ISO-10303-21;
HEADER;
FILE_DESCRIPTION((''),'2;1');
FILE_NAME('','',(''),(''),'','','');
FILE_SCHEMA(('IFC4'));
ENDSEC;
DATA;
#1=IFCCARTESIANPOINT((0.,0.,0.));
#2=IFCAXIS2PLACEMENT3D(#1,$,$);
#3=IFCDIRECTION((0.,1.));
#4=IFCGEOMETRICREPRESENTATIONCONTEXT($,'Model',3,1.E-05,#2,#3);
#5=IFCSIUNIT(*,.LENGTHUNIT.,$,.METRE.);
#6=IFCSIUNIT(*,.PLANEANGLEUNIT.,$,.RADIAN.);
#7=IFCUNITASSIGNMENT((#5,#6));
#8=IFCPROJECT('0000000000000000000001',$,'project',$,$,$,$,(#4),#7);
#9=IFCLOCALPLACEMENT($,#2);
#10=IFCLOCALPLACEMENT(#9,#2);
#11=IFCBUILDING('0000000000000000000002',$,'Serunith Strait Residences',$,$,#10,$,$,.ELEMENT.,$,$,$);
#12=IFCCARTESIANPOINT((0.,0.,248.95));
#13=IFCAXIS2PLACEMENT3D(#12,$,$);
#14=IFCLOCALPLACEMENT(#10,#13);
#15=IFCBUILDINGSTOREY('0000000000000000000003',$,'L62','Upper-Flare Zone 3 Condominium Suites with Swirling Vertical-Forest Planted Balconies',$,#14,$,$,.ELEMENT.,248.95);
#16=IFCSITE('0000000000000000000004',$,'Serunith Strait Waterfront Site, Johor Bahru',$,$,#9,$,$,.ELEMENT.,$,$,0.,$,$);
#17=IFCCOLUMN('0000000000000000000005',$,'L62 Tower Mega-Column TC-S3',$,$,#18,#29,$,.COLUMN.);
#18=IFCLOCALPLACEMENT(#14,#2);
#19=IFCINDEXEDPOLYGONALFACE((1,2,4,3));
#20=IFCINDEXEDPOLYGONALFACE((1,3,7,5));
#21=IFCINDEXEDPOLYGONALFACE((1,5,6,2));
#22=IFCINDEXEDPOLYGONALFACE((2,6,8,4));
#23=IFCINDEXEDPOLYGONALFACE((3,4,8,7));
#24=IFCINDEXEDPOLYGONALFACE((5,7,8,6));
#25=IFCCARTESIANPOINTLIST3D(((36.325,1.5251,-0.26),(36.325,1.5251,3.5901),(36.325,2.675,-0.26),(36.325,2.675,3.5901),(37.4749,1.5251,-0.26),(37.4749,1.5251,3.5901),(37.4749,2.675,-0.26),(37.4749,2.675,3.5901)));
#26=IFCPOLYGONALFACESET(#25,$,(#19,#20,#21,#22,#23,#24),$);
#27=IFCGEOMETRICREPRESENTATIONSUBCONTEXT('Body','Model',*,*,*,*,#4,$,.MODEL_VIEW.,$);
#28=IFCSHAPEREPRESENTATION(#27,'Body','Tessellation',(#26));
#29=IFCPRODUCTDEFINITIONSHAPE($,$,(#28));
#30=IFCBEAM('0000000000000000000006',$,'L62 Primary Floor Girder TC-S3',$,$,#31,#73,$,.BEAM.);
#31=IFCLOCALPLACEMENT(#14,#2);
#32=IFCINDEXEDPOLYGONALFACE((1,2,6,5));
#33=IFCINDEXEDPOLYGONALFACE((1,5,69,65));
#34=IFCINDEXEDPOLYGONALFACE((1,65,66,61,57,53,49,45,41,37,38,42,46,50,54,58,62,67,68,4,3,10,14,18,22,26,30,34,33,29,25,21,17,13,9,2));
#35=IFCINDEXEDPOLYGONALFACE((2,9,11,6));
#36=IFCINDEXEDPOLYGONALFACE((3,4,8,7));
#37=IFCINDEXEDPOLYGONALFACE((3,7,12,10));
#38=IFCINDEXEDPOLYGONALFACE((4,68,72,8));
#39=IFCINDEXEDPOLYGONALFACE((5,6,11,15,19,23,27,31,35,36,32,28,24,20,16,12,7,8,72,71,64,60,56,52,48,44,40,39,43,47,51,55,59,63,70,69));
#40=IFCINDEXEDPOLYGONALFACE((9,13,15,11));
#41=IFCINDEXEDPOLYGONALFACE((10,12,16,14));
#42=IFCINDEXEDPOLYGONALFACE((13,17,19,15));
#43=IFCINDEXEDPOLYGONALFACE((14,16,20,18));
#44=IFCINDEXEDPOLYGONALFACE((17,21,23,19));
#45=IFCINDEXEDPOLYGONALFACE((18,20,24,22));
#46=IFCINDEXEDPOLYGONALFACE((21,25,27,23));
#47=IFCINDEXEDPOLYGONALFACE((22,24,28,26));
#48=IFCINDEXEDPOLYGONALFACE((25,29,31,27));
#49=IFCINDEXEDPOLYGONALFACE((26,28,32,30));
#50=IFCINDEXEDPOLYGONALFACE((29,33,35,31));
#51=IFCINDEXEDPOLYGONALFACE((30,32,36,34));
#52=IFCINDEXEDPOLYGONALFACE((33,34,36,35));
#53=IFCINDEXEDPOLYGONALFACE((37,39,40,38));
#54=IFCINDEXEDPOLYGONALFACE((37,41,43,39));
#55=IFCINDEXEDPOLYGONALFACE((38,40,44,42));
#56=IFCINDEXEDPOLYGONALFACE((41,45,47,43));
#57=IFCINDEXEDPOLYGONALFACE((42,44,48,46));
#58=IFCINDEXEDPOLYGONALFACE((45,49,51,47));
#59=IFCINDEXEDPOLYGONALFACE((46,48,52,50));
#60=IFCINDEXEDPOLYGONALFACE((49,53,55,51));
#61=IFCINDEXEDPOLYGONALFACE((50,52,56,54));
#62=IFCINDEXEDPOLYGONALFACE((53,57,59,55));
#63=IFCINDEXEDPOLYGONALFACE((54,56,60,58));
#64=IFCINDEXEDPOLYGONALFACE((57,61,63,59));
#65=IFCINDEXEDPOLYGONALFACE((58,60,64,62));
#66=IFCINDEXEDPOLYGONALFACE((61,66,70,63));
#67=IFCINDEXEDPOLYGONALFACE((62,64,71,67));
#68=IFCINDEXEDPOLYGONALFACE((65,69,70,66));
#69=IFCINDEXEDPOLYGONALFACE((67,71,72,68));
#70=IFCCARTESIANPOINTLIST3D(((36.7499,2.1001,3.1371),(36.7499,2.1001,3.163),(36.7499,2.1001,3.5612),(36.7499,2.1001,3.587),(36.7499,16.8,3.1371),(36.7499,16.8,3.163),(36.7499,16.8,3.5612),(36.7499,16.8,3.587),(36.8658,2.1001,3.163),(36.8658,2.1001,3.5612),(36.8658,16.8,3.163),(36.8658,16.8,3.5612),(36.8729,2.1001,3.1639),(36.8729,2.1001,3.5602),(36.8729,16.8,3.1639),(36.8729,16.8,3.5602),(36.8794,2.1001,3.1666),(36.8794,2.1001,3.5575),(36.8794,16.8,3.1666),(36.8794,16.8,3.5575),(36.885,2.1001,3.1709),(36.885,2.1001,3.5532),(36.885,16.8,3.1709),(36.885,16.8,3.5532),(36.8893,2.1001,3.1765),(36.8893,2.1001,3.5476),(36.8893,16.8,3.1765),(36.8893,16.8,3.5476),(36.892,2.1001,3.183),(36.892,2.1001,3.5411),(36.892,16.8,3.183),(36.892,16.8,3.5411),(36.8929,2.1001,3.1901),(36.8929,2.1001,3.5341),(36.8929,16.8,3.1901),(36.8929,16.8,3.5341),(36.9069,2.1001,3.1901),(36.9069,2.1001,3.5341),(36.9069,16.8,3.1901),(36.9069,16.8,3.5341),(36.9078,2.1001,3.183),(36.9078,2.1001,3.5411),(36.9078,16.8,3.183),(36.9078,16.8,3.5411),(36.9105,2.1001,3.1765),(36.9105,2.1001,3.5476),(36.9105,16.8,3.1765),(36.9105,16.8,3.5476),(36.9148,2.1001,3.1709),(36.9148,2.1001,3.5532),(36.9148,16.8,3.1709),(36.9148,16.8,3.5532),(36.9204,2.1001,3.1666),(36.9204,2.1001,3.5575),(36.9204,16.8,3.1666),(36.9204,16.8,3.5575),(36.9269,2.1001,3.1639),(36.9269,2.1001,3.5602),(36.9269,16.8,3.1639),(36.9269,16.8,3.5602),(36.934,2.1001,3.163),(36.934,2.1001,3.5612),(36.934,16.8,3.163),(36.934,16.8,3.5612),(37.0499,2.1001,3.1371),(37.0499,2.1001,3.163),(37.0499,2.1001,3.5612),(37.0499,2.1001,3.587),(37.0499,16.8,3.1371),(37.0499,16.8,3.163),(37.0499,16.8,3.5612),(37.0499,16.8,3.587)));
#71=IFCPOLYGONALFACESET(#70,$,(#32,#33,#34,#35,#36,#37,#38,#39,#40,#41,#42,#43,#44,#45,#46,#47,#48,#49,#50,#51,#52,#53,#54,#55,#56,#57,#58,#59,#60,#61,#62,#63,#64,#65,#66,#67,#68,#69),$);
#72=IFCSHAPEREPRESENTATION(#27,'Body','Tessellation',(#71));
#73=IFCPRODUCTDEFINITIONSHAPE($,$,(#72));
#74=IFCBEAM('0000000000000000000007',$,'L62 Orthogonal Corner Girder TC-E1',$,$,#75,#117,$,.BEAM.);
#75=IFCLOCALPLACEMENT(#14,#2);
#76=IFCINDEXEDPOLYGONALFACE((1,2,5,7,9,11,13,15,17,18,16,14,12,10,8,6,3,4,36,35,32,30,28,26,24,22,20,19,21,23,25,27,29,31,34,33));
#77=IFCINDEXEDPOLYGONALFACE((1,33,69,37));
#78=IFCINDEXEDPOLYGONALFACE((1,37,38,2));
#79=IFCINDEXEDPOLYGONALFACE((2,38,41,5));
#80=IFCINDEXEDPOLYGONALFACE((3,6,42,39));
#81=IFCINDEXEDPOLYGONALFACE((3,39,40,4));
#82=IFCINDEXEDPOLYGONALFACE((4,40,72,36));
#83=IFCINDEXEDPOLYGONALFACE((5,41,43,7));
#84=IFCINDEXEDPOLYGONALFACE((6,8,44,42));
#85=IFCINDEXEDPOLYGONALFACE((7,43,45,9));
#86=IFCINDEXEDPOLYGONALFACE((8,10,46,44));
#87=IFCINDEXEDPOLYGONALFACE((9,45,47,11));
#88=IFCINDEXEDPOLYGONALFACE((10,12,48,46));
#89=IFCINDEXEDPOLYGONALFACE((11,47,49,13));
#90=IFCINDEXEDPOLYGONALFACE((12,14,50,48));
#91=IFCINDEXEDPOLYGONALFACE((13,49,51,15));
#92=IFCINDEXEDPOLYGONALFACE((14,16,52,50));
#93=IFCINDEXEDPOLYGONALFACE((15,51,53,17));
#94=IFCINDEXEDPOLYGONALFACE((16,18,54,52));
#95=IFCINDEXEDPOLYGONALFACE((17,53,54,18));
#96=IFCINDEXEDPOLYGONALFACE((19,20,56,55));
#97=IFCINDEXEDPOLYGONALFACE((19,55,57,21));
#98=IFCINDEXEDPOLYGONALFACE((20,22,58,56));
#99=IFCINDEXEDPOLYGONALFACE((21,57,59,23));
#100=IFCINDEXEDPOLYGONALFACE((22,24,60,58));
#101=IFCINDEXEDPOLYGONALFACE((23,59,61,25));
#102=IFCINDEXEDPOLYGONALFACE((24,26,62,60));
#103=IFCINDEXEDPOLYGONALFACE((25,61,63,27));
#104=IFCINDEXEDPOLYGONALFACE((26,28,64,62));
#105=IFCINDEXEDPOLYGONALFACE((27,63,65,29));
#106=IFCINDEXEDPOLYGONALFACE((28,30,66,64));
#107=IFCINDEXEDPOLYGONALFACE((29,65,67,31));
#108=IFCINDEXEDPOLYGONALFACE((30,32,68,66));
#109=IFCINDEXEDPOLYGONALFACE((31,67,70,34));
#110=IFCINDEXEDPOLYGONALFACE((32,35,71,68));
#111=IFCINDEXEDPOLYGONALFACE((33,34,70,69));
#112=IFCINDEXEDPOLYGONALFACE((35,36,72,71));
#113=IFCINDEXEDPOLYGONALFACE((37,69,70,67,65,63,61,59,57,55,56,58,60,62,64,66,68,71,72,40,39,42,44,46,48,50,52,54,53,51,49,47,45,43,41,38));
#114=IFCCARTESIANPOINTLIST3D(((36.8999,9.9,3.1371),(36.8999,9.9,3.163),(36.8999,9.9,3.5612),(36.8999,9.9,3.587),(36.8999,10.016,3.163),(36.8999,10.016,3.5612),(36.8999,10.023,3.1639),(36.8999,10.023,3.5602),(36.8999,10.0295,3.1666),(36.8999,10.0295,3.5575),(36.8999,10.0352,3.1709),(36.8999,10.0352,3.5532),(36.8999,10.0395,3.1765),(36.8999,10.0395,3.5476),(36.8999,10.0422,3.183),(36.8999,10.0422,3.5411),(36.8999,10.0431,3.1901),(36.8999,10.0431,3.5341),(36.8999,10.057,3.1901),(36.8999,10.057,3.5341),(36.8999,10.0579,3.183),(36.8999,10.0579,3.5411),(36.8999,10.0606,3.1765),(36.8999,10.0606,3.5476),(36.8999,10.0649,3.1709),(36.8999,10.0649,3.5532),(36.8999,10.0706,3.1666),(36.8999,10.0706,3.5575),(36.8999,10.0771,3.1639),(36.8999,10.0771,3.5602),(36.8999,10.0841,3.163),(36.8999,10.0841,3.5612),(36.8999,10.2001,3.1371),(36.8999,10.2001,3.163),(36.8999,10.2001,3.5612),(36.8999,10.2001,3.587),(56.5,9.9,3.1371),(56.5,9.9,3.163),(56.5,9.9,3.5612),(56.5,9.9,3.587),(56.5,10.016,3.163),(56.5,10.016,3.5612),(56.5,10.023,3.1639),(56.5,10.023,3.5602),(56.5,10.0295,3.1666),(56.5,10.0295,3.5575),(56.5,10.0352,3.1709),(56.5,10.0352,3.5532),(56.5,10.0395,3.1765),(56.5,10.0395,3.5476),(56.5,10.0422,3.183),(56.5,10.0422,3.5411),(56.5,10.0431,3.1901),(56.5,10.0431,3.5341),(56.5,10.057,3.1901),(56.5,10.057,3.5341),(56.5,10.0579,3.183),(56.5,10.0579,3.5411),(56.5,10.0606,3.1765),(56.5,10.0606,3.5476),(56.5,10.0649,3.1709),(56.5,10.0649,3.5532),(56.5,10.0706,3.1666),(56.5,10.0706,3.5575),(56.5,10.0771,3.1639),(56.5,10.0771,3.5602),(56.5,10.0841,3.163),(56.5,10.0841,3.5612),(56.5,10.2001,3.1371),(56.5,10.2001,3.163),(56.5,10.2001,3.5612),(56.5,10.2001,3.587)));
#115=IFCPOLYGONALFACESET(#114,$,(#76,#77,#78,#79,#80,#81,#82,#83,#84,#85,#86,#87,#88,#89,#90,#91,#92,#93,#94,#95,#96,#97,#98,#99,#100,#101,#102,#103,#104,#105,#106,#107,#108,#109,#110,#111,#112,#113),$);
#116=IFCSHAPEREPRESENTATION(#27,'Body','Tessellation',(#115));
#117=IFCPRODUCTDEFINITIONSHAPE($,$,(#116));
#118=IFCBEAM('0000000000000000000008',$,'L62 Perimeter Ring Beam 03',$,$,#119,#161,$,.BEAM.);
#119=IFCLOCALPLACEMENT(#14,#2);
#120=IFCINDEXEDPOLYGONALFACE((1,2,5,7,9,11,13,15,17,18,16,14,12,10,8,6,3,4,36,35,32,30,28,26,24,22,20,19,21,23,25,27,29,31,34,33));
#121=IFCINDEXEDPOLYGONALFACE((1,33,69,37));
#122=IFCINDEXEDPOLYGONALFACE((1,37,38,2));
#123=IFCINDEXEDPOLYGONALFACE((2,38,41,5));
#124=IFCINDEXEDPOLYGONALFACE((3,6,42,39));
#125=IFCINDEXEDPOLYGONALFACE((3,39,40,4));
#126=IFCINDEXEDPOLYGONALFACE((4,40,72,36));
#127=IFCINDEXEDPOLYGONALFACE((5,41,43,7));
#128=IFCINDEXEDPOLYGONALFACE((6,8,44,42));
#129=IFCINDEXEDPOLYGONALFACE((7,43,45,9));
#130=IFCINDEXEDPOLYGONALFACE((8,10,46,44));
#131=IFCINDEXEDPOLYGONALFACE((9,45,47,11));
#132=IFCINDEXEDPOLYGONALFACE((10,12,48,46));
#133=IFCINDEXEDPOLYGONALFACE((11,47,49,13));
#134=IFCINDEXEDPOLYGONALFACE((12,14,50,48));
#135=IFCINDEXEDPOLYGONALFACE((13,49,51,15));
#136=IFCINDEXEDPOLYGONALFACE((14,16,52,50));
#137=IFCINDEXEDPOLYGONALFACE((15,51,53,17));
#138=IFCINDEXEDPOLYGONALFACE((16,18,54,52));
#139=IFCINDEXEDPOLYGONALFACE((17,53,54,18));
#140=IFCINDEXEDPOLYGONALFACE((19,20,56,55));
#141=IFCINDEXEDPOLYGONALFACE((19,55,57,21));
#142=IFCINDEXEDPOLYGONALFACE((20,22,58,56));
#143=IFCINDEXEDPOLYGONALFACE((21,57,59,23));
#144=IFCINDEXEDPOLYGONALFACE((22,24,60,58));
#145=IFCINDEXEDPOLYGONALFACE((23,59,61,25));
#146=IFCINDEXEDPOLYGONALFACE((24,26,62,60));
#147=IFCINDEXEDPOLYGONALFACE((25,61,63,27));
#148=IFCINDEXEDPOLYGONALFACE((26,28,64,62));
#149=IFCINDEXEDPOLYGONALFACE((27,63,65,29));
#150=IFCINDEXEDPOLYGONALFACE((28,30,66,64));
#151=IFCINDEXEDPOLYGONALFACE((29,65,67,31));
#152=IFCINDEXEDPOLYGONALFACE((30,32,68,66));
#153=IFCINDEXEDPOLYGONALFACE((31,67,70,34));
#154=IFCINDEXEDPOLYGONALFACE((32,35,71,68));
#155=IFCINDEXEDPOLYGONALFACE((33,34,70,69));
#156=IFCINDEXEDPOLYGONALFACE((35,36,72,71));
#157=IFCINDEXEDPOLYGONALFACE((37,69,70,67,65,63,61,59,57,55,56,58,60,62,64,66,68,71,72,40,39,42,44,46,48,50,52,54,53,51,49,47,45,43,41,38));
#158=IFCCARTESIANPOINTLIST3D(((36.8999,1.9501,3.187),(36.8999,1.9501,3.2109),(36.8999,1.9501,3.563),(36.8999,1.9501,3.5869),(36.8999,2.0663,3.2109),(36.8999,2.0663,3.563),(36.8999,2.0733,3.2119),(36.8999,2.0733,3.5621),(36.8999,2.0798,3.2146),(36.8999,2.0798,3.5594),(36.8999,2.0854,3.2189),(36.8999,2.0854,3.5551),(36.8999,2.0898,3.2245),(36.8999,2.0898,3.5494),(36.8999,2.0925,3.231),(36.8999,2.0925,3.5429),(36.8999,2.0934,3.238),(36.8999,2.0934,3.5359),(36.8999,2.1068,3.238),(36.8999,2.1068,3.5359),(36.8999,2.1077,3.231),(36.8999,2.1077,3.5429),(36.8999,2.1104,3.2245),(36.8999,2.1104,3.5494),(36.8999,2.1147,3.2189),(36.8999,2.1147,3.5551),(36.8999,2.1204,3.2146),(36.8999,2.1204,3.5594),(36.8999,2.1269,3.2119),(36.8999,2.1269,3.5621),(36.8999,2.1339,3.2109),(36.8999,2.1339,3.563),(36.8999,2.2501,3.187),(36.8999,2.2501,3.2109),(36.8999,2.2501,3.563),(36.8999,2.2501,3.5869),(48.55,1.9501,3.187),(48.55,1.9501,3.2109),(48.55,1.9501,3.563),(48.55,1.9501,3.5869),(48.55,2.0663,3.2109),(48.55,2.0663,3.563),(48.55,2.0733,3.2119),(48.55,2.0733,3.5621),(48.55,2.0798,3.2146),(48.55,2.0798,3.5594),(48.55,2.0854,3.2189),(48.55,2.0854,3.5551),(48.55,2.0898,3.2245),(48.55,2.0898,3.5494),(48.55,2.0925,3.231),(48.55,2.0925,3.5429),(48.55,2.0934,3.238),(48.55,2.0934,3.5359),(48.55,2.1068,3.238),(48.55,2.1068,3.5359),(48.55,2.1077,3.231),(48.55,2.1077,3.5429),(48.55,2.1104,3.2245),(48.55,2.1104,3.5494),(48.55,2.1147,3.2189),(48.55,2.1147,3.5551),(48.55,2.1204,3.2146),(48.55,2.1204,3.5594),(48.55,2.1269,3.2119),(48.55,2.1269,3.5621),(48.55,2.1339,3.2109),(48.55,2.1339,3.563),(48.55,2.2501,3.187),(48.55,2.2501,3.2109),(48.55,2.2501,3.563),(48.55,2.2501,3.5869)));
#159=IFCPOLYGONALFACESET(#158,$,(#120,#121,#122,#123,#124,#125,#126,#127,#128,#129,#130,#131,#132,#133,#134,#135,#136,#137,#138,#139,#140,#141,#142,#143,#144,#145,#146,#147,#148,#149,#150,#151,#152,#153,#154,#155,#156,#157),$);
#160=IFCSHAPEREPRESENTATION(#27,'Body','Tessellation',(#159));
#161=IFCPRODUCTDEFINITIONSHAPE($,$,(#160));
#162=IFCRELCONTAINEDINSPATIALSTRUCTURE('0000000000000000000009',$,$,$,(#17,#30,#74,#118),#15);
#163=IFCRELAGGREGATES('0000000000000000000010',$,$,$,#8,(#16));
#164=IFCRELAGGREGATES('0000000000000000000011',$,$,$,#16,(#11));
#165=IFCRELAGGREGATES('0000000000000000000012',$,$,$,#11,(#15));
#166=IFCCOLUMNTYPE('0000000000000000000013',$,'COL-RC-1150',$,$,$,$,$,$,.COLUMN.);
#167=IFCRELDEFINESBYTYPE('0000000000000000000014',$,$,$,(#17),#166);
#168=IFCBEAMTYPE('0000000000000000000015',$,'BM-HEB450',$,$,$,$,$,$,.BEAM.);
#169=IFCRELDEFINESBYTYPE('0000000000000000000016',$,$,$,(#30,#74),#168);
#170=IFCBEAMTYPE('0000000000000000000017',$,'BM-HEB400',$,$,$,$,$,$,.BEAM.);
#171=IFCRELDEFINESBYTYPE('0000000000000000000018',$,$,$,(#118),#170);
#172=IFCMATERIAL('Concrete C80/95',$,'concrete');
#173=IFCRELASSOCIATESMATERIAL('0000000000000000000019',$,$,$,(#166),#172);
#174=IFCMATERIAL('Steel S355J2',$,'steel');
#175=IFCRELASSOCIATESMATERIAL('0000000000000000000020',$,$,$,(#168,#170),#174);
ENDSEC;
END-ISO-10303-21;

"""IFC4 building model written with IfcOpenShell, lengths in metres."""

from ifc_helpers import new_model, si_unit, direction, frame, origin, origin_2d, place, context, subcontext, project, spatial, rectangle, i_section, extrude, source, transform, mapped, material, material_profile, profile_set, type_object, element, save


model = new_model("IFC4")

# Units and contexts
model_context = context("Model", 3, precision=1e-05, world=origin(), true_north=direction((0.0, 1.0)))
body_context = subcontext(model_context, "Body", "Model", "MODEL_VIEW")
ifc_project = project(units=[si_unit("LENGTHUNIT", "METRE"), si_unit("PLANEANGLEUNIT", "RADIAN")], contexts=[model_context])

# Site, building, storey
site_placement = place(None, origin())
site = spatial("IfcSite", under=ifc_project, at=site_placement, Name="Serunith Strait Waterfront Site, Johor Bahru", CompositionType="ELEMENT", RefElevation=0.0)
building_placement = place(site_placement, origin())
building = spatial("IfcBuilding", under=site, at=building_placement, Name="Serunith Strait Residences", CompositionType="ELEMENT")
storey_placement = place(building_placement, frame((0.0, 0.0, 248.95)))
storey = spatial("IfcBuildingStorey", under=building, at=storey_placement, Name="L62", Description="Upper-Flare Zone 3 Condominium Suites with Swirling Vertical-Forest Planted Balconies", CompositionType="ELEMENT", Elevation=248.95)

# Column
ifc_material_1 = material(Name="Concrete C80/95", Category="concrete")
ifc_material_profile_1 = material_profile(ifc_material_1, rectangle(XDim=1.1499, YDim=1.1499, at=origin_2d()), Name="RC 1150x1150")
ifc_profile_set_1 = profile_set([ifc_material_profile_1], Name="Concrete C80/95")
column_type = type_object("IfcColumnType", Name="COL-RC-1150", PredefinedType="COLUMN", material=ifc_profile_set_1)
shared_shape_1 = source(origin(), body_context, "Body", "SweptSolid", [
    extrude(rectangle(XDim=1.1499, YDim=1.1499, at=origin_2d()), origin(), (0.0, 0.0, 1.0), 3.8501),
])
column_placement = place(storey_placement, frame((36.8999, 2.1001, -0.26), z_axis=(0.0, 0.0, 1.0), x_axis=(1.0, 0.0, 0.0)))
element("IfcColumn", 1, at=column_placement, inside=storey, type_object=column_type, Name="L62 Tower Mega-Column TC-S3", PredefinedType="COLUMN", context=body_context, shape_type="MappedRepresentation", body=[
    mapped(shared_shape_1, transform((0.0, 0.0, 0.0), scale=1.0)),
])

# Beams
ifc_material_2 = material(Name="Steel S355J2", Category="steel")
ifc_material_profile_2 = material_profile(ifc_material_2, i_section(OverallWidth=0.3, OverallDepth=0.45, WebThickness=0.0139, FlangeThickness=0.0259, FilletRadius=0.0271, at=origin_2d()), Name="HEB 450")
ifc_profile_set_2 = profile_set([ifc_material_profile_2], Name="Steel S355J2")
beam_type_1 = type_object("IfcBeamType", Name="BM-HEB450", PredefinedType="BEAM", material=ifc_profile_set_2)
shared_shape_2 = source(origin(), body_context, "Body", "SweptSolid", [
    extrude(i_section(OverallWidth=0.3, OverallDepth=0.45, WebThickness=0.0139, FlangeThickness=0.0259, FilletRadius=0.0271, at=origin_2d()), origin(), (0.0, 0.0, 1.0), 14.7),
])
beam_1_placement = place(storey_placement, frame((36.8999, 16.8, 3.3621), z_axis=(0.0, -1.0, 0.0), x_axis=(1.0, 0.0, 0.0)))
element("IfcBeam", 2, at=beam_1_placement, inside=storey, type_object=beam_type_1, Name="L62 Primary Floor Girder TC-S3", PredefinedType="BEAM", context=body_context, shape_type="MappedRepresentation", body=[
    mapped(shared_shape_2, transform((0.0, 0.0, 0.0), scale=1.0)),
])
shared_shape_3 = source(origin(), body_context, "Body", "SweptSolid", [
    extrude(i_section(OverallWidth=0.3, OverallDepth=0.45, WebThickness=0.0139, FlangeThickness=0.0259, FilletRadius=0.0271, at=origin_2d()), origin(), (0.0, 0.0, 1.0), 19.6001),
])
beam_2_placement = place(storey_placement, frame((36.8999, 10.05, 3.3621), z_axis=(1.0, 0.0, 0.0), x_axis=(0.0, 1.0, 0.0)))
element("IfcBeam", 3, at=beam_2_placement, inside=storey, type_object=beam_type_1, Name="L62 Orthogonal Corner Girder TC-E1", PredefinedType="BEAM", context=body_context, shape_type="MappedRepresentation", body=[
    mapped(shared_shape_3, transform((0.0, 0.0, 0.0), scale=1.0)),
])
ifc_material_profile_3 = material_profile(ifc_material_2, i_section(OverallWidth=0.3, OverallDepth=0.3999, WebThickness=0.0134, FlangeThickness=0.0239, FilletRadius=0.0271, at=origin_2d()), Name="HEB 400")
ifc_profile_set_3 = profile_set([ifc_material_profile_3], Name="Steel S355J2")
beam_type_2 = type_object("IfcBeamType", Name="BM-HEB400", PredefinedType="BEAM", material=ifc_profile_set_3)
shared_shape_4 = source(origin(), body_context, "Body", "SweptSolid", [
    extrude(i_section(OverallWidth=0.3, OverallDepth=0.3999, WebThickness=0.0134, FlangeThickness=0.0239, FilletRadius=0.0271, at=origin_2d()), origin(), (0.0, 0.0, 1.0), 11.6501),
])
beam_3_placement = place(storey_placement, frame((36.8999, 2.1001, 3.387), z_axis=(1.0, 0.0, 0.0), x_axis=(0.0, 1.0, 0.0)))
element("IfcBeam", 4, at=beam_3_placement, inside=storey, type_object=beam_type_2, Name="L62 Perimeter Ring Beam 03", PredefinedType="BEAM", context=body_context, shape_type="MappedRepresentation", body=[
    mapped(shared_shape_4, transform((0.0, 0.0, 0.0), scale=1.0)),
])

save(model, "model.ifc")
